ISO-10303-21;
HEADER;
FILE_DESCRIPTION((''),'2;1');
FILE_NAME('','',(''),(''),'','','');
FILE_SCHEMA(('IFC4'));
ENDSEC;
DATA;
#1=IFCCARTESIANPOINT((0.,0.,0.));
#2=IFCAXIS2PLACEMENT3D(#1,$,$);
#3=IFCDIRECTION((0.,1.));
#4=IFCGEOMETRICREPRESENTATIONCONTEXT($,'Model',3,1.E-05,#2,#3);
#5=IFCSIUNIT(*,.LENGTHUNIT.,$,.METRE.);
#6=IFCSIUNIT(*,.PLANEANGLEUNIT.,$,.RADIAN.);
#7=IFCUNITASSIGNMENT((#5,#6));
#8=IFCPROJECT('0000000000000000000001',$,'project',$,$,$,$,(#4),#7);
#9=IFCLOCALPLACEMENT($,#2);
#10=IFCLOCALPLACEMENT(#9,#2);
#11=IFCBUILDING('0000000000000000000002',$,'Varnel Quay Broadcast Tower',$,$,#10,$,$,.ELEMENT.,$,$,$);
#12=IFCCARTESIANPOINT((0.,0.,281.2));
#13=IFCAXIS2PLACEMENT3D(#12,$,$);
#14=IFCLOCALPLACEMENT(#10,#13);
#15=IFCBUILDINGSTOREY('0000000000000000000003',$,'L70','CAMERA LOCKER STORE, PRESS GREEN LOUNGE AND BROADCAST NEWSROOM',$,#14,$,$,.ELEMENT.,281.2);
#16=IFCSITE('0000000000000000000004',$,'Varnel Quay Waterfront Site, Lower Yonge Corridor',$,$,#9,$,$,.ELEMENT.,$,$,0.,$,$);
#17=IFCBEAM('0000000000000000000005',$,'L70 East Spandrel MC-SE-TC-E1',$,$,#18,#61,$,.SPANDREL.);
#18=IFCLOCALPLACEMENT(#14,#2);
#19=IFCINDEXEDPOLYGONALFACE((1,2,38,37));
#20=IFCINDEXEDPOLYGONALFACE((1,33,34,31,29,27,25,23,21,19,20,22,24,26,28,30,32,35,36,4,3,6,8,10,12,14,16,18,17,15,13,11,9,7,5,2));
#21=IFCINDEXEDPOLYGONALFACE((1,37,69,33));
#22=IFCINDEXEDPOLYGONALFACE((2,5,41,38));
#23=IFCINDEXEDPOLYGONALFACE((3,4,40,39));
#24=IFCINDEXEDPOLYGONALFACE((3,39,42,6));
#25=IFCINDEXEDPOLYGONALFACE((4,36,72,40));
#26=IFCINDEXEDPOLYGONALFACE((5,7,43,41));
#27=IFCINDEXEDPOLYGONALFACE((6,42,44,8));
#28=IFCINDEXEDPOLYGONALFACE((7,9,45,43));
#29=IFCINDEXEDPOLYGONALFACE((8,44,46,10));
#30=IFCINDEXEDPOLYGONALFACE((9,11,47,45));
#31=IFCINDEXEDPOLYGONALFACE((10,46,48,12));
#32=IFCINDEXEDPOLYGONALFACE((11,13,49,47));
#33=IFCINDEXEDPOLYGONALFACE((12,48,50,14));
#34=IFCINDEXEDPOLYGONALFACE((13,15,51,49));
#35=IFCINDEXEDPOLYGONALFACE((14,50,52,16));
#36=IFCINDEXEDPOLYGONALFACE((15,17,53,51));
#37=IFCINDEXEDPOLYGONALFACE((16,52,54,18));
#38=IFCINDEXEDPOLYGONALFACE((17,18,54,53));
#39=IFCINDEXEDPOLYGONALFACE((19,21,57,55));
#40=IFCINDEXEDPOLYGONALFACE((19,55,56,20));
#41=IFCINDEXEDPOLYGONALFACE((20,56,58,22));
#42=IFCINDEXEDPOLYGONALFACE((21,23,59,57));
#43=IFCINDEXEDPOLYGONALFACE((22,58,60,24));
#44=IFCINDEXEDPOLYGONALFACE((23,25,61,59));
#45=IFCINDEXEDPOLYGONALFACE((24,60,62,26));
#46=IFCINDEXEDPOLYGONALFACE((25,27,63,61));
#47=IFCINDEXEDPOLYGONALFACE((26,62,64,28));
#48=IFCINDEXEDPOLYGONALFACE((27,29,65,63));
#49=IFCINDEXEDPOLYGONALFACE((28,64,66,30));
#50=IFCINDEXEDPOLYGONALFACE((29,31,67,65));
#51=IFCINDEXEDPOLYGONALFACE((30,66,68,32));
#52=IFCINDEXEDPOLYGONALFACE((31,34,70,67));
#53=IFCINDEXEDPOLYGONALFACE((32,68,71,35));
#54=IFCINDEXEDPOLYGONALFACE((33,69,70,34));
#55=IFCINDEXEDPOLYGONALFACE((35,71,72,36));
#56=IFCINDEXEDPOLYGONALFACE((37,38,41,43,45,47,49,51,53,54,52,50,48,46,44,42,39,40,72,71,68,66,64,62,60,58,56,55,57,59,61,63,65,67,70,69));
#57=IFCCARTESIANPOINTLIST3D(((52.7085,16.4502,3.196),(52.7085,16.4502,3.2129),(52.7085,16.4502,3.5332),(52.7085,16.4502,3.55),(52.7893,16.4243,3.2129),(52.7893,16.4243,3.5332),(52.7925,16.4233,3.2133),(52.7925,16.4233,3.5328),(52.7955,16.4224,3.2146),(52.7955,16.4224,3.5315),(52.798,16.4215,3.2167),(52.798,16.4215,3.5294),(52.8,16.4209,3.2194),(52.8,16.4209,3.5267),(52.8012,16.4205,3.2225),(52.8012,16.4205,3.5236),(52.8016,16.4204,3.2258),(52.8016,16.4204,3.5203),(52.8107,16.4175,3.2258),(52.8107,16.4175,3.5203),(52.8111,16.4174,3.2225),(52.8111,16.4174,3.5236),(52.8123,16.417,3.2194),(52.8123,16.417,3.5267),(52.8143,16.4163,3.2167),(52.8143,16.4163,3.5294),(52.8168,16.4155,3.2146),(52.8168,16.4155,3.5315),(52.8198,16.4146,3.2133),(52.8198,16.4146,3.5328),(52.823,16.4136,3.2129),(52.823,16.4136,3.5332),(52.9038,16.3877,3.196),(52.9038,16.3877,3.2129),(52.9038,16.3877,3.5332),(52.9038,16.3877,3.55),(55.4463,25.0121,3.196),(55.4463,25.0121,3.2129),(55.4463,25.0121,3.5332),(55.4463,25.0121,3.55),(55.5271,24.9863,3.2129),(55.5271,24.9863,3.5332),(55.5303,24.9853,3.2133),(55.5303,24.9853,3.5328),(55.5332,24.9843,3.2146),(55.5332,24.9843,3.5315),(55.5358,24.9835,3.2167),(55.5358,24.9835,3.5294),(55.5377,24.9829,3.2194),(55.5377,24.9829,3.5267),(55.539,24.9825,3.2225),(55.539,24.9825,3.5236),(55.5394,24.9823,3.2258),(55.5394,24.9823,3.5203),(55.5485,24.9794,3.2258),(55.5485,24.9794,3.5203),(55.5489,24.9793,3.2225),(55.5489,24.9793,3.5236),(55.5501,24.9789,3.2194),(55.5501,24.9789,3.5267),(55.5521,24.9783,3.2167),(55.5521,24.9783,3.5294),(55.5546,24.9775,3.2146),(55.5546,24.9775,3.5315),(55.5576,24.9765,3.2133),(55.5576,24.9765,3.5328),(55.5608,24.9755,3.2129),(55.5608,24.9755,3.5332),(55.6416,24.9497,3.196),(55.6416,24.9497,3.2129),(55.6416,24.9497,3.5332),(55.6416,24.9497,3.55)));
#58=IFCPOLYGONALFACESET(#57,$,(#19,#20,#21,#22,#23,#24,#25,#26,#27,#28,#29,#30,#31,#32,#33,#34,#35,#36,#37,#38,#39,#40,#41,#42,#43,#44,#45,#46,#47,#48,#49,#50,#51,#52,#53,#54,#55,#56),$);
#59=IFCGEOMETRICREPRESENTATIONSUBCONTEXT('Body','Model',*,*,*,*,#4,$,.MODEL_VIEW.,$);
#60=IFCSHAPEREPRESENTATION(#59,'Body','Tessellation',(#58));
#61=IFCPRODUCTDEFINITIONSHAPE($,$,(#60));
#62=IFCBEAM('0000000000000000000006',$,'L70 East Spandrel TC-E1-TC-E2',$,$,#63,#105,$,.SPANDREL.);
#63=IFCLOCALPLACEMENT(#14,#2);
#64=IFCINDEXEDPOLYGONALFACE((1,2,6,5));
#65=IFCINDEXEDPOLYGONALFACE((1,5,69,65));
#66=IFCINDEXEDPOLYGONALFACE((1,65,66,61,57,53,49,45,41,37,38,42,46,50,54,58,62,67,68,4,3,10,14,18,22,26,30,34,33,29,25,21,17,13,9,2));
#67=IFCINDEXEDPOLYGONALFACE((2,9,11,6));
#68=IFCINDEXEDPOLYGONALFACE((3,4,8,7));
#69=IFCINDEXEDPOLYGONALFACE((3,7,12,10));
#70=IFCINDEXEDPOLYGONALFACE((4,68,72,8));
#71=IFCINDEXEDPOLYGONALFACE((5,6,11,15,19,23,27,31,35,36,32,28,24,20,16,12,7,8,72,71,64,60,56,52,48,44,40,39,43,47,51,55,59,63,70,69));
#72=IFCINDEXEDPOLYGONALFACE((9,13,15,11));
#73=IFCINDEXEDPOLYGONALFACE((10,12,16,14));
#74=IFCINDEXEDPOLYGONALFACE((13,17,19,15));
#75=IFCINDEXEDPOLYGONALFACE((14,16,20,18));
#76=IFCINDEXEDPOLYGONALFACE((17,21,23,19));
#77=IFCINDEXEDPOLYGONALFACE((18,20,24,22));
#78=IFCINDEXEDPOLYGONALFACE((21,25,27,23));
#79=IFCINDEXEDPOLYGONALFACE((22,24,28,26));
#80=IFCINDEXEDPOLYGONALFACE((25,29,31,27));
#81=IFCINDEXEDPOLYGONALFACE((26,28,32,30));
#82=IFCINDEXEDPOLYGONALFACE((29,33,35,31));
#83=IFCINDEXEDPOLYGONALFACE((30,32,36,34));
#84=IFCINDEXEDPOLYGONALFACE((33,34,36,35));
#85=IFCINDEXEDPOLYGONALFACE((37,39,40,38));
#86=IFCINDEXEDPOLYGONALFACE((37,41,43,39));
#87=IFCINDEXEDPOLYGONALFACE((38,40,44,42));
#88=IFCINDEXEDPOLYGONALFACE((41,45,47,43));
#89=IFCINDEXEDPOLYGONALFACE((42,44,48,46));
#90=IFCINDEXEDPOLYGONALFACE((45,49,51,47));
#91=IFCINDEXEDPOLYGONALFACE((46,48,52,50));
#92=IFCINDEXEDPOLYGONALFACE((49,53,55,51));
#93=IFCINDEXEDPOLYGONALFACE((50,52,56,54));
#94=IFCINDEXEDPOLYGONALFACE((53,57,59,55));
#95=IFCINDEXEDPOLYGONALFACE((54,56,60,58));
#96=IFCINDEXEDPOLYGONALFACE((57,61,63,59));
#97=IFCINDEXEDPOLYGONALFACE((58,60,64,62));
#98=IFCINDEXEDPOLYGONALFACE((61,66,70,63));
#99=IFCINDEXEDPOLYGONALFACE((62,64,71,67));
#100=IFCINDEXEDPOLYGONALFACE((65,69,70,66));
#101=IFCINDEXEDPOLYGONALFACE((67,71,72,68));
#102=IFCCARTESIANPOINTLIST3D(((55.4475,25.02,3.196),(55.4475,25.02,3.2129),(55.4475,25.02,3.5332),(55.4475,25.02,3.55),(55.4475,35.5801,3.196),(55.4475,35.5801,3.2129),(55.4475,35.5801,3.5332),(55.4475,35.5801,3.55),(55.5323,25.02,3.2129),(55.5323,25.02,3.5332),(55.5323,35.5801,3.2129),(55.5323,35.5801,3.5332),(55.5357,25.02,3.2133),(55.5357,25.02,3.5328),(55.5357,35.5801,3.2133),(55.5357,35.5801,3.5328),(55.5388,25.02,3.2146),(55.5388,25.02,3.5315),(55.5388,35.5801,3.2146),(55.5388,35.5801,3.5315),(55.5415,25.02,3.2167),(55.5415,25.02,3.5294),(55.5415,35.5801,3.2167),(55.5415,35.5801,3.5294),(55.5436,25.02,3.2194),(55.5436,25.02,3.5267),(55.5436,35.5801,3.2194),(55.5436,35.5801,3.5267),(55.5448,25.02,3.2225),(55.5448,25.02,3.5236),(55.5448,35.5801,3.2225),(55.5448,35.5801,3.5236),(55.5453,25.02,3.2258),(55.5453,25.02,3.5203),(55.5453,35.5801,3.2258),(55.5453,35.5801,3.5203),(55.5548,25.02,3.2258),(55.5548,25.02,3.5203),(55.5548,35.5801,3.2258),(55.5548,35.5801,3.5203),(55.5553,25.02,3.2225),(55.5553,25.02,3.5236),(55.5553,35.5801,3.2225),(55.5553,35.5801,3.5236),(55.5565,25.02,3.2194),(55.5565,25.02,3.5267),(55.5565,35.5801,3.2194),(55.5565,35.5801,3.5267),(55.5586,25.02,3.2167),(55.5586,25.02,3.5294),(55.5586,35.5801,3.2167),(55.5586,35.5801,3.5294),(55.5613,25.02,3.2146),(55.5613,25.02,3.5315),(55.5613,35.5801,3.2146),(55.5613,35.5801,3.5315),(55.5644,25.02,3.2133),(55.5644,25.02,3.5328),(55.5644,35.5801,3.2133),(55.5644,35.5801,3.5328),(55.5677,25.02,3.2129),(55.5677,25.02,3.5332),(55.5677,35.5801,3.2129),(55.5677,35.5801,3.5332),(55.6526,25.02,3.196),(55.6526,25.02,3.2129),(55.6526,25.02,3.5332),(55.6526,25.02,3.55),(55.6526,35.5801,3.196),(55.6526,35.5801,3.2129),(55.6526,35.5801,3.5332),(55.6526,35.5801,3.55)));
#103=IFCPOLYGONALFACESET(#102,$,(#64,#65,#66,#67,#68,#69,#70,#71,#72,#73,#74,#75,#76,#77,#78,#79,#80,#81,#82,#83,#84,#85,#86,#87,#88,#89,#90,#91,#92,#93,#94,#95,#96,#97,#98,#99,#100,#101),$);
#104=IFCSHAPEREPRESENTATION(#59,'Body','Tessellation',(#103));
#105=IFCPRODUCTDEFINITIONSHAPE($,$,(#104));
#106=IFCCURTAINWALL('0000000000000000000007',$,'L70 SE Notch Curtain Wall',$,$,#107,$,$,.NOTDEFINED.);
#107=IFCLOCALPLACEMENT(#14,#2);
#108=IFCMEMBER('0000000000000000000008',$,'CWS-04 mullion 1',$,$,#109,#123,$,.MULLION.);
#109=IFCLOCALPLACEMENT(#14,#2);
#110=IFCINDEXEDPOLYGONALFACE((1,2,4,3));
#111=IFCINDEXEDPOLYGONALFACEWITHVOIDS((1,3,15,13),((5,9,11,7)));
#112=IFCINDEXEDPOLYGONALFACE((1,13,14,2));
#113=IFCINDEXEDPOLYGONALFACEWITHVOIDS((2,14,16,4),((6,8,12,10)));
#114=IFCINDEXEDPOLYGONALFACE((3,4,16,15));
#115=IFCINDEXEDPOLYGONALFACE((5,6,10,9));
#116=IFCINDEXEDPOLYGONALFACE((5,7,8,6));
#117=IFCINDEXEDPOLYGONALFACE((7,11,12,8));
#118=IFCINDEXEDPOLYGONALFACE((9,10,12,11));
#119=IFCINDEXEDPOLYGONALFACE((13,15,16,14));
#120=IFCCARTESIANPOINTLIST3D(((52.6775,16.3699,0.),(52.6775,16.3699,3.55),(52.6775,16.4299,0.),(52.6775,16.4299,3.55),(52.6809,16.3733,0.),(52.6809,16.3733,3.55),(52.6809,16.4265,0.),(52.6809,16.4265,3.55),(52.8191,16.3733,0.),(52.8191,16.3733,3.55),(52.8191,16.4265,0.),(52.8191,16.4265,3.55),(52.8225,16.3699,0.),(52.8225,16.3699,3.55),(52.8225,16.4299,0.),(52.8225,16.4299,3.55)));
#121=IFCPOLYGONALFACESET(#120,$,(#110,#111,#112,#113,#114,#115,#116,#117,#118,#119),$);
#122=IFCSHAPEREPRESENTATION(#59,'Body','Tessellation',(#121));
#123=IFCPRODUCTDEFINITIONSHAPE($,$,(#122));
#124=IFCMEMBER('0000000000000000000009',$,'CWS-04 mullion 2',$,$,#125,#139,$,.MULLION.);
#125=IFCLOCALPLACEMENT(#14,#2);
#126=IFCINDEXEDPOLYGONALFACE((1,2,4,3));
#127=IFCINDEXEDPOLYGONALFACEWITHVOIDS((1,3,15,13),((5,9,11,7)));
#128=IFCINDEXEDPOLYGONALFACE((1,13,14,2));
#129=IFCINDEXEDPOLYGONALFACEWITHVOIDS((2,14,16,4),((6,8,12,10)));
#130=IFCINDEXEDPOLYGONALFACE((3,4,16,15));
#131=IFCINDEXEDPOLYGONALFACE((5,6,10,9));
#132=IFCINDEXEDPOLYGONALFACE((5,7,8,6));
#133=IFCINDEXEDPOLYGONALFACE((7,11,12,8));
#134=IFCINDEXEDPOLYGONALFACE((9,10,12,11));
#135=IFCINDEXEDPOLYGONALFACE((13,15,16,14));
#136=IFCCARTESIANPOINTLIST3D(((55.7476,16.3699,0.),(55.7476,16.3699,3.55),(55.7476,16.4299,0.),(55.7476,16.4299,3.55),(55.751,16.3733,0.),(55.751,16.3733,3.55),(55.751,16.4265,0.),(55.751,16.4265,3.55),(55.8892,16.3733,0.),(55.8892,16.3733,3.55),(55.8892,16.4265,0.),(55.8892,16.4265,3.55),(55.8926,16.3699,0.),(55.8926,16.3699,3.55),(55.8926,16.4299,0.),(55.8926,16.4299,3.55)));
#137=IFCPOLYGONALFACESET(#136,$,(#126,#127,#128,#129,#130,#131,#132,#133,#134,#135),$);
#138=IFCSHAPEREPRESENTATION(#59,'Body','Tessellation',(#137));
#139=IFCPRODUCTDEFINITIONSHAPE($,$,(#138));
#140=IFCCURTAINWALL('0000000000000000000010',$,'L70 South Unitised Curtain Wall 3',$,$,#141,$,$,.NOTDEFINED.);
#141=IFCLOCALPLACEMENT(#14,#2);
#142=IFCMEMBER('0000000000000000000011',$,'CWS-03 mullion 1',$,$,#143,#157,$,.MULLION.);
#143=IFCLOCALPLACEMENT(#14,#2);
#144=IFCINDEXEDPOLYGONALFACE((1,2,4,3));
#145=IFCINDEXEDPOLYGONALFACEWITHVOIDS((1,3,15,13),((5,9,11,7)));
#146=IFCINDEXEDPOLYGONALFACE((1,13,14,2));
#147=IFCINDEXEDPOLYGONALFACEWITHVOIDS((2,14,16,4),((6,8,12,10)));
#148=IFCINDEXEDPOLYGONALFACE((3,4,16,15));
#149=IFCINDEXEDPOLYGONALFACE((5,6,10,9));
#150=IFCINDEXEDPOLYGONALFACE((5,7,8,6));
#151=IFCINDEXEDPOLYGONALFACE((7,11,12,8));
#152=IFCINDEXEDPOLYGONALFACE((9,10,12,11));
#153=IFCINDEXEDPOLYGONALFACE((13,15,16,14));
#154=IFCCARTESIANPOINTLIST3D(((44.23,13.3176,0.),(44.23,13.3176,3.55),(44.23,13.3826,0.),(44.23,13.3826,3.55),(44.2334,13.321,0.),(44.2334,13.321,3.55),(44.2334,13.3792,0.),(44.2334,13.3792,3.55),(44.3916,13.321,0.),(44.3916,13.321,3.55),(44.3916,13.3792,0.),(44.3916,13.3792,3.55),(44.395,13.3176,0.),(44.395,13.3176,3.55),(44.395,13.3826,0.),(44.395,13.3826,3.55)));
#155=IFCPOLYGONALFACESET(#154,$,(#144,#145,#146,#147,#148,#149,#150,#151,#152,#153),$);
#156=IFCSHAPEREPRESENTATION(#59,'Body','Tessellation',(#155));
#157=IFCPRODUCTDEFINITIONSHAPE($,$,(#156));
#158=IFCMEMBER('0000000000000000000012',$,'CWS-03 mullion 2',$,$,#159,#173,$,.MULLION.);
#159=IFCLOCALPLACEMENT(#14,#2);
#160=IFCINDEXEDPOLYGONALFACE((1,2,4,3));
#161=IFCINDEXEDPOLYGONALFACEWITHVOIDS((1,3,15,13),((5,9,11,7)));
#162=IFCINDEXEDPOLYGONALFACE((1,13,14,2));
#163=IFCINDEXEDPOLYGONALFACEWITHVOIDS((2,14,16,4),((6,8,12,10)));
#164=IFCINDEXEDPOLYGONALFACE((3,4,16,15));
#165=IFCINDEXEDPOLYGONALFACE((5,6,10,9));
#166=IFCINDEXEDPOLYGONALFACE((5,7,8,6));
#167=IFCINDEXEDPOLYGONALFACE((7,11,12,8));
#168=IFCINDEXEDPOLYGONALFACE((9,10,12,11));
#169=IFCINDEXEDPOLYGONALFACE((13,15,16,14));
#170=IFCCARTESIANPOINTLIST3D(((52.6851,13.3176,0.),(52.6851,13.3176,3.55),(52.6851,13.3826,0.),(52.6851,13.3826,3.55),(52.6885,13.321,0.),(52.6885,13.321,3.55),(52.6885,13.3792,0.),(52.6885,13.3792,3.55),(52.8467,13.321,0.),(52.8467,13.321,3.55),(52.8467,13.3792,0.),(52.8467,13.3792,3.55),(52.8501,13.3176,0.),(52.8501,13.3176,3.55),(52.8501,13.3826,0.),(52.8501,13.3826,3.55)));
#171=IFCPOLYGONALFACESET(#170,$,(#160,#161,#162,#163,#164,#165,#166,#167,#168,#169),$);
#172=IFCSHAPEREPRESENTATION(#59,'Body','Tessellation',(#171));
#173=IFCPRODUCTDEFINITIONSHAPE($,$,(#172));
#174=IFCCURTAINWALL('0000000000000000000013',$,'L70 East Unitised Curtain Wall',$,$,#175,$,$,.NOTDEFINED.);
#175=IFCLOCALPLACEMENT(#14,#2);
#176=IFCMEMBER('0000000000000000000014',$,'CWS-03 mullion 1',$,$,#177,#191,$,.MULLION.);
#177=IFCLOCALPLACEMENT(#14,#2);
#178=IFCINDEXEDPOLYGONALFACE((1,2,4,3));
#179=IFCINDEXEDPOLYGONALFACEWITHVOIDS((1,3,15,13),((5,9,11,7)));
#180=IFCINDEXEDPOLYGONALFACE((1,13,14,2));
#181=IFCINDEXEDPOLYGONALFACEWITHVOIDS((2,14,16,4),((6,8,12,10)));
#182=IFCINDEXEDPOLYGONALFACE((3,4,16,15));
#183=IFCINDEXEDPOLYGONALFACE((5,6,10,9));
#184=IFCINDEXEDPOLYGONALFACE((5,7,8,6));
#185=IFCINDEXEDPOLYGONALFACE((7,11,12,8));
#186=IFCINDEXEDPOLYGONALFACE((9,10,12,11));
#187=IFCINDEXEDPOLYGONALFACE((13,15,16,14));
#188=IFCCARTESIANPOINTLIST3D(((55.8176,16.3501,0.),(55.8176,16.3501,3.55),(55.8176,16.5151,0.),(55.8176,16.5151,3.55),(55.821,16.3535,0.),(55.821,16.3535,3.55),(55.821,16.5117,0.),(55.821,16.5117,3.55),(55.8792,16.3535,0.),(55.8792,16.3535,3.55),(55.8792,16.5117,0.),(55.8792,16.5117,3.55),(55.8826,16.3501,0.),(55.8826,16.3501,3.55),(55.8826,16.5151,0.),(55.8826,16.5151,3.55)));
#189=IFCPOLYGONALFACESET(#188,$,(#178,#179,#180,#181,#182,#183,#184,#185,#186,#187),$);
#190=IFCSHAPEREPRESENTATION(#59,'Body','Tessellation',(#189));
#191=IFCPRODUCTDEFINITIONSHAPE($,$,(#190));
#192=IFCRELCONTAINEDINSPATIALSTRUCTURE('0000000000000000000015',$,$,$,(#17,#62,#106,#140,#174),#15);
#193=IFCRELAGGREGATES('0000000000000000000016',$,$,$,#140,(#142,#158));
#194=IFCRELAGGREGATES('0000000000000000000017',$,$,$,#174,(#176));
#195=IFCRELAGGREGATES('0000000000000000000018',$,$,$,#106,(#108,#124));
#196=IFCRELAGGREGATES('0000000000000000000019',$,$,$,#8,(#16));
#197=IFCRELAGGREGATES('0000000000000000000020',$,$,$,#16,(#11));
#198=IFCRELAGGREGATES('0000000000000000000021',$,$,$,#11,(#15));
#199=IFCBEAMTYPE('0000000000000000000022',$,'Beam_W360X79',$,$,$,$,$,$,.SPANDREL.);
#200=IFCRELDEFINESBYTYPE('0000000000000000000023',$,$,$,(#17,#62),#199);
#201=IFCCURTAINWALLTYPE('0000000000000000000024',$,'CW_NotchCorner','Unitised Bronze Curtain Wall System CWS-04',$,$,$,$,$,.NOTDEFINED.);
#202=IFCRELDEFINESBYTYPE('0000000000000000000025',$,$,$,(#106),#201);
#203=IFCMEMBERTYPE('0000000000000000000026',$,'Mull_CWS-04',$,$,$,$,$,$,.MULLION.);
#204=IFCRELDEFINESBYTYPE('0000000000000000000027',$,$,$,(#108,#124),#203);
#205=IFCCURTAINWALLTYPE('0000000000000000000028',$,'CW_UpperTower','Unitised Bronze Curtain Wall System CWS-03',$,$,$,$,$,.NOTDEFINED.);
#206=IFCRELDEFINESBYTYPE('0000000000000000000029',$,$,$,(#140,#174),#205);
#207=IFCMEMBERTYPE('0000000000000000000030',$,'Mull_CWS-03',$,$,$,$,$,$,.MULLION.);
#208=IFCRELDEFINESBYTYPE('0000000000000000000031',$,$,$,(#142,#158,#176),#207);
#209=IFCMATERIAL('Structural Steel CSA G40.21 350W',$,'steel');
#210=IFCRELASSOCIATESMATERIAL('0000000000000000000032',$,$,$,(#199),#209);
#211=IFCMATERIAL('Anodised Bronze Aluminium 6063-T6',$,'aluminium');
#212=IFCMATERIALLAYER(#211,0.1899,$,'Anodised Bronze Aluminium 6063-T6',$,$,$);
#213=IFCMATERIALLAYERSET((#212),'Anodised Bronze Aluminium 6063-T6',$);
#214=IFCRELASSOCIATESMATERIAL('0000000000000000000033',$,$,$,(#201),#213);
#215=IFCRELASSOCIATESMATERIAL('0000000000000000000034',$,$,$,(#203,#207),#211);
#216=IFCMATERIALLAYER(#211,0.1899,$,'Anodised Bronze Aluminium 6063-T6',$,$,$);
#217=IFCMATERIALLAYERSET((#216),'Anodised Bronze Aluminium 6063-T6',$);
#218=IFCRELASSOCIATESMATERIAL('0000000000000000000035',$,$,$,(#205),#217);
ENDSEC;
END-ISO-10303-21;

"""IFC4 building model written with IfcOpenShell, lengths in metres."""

from ifc_helpers import new_model, si_unit, direction, frame, origin, origin_2d, place, context, subcontext, project, spatial, hollow_rectangle, i_section, extrude, source, transform, mapped, material, layer, layer_set, material_profile, profile_set, type_object, type_shapes, element, aggregate, save


model = new_model("IFC4")

# Units and contexts
model_context = context("Model", 3, precision=1e-05, world=origin(), true_north=direction((0.0, 1.0)))
body_context = subcontext(model_context, "Body", "Model", "MODEL_VIEW")
ifc_project = project(units=[si_unit("LENGTHUNIT", "METRE"), si_unit("PLANEANGLEUNIT", "RADIAN")], contexts=[model_context])

# Site, building, storey
site_placement = place(None, origin())
site = spatial("IfcSite", under=ifc_project, at=site_placement, Name="Varnel Quay Waterfront Site, Lower Yonge Corridor", CompositionType="ELEMENT", RefElevation=0.0)
building_placement = place(site_placement, origin())
building = spatial("IfcBuilding", under=site, at=building_placement, Name="Varnel Quay Broadcast Tower", CompositionType="ELEMENT")
storey_placement = place(building_placement, frame((0.0, 0.0, 281.2)))
storey = spatial("IfcBuildingStorey", under=building, at=storey_placement, Name="L70", Description="CAMERA LOCKER STORE, PRESS GREEN LOUNGE AND BROADCAST NEWSROOM", CompositionType="ELEMENT", Elevation=281.2)

# Shared definitions
ifc_material_1 = material(Name="Structural Steel CSA G40.21 350W", Category="steel")

# Beams
ifc_material_profile_1 = material_profile(ifc_material_1, i_section(OverallWidth=0.2051, OverallDepth=0.354, WebThickness=0.0095, FlangeThickness=0.0168, FilletRadius=0.0129, at=origin_2d()), Name="W360X79")
ifc_profile_set_1 = profile_set([ifc_material_profile_1], Name="Structural Steel CSA G40.21 350W")
beam_type = type_object("IfcBeamType", Name="Beam_W360X79", PredefinedType="SPANDREL", material=ifc_profile_set_1)
shared_shape_1 = source(origin(), body_context, "Body", "SweptSolid", [
    extrude(i_section(OverallWidth=0.2051, OverallDepth=0.354, WebThickness=0.0095, FlangeThickness=0.0168, FilletRadius=0.0129, at=origin_2d()), origin(), (0.0, 0.0, 1.0), 8.989),
])
beam_1_placement = place(storey_placement, frame((52.8062, 16.4189, 3.373), z_axis=(0.304569, 0.95249, 0.0), x_axis=(-0.95249, 0.304569, 0.0)))
element("IfcBeam", 1, at=beam_1_placement, inside=storey, type_object=beam_type, Name="L70 East Spandrel MC-SE-TC-E1", PredefinedType="SPANDREL", context=body_context, shape_type="MappedRepresentation", body=[
    mapped(shared_shape_1, transform((0.0, 0.0, 0.0), x_axis=(1.0, 0.0, 0.0), y_axis=(0.0, 1.0, 0.0), z_axis=(0.0, 0.0, 1.0), scale=1.0)),
])
shared_shape_2 = source(origin(), body_context, "Body", "SweptSolid", [
    extrude(i_section(OverallWidth=0.2051, OverallDepth=0.354, WebThickness=0.0095, FlangeThickness=0.0168, FilletRadius=0.0129, at=origin_2d()), origin(), (0.0, 0.0, 1.0), 10.5601),
])
beam_2_placement = place(storey_placement, frame((55.55, 25.02, 3.373), z_axis=(0.0, 1.0, 0.0), x_axis=(-1.0, 0.0, 0.0)))
element("IfcBeam", 2, at=beam_2_placement, inside=storey, type_object=beam_type, Name="L70 East Spandrel TC-E1-TC-E2", PredefinedType="SPANDREL", context=body_context, shape_type="MappedRepresentation", body=[
    mapped(shared_shape_2, transform((0.0, 0.0, 0.0), x_axis=(1.0, 0.0, 0.0), y_axis=(0.0, 1.0, 0.0), z_axis=(0.0, 0.0, 1.0), scale=1.0)),
])

# Curtain walls, members
ifc_material_2 = material(Name="Anodised Bronze Aluminium 6063-T6", Category="aluminium")
ifc_layer_1 = layer(ifc_material_2, 0.1899, Name="Anodised Bronze Aluminium 6063-T6")
ifc_layer_set_1 = layer_set([ifc_layer_1], Name="Anodised Bronze Aluminium 6063-T6")
curtain_wall_type_1 = type_object("IfcCurtainWallType", Name="CW_NotchCorner", Description="Unitised Bronze Curtain Wall System CWS-04", PredefinedType="NOTDEFINED", material=ifc_layer_set_1)
curtain_wall_1_placement = place(storey_placement, origin())
curtain_wall_1 = element("IfcCurtainWall", 3, at=curtain_wall_1_placement, inside=storey, type_object=curtain_wall_type_1, Name="L70 SE Notch Curtain Wall", PredefinedType="NOTDEFINED")
ifc_material_profile_2 = material_profile(ifc_material_2, hollow_rectangle(XDim=0.0601, YDim=0.145, WallThickness=0.0034, at=origin_2d()), Name="ALU60X145X3.5")
ifc_profile_set_2 = profile_set([ifc_material_profile_2], Name="Anodised Bronze Aluminium 6063-T6")
member_type_1 = type_object("IfcMemberType", Name="Mull_CWS-04", PredefinedType="MULLION", material=ifc_profile_set_2)
shared_shape_3 = source(origin(), body_context, "Body", "SweptSolid", [
    extrude(hollow_rectangle(XDim=0.0601, YDim=0.145, WallThickness=0.0034, at=origin_2d()), origin(), (0.0, 0.0, 1.0), 3.55),
])
type_shapes(member_type_1, [shared_shape_3])
member_1_placement = place(storey_placement, frame((52.75, 16.3999, 0.0), z_axis=(0.0, 0.0, 1.0), x_axis=(0.0, 1.0, 0.0)))
member_1 = element("IfcMember", 4, at=member_1_placement, type_object=member_type_1, Name="CWS-04 mullion 1", PredefinedType="MULLION", context=body_context, shape_type="MappedRepresentation", body=[
    mapped(shared_shape_3, transform((0.0, 0.0, 0.0), x_axis=(1.0, 0.0, 0.0), y_axis=(0.0, 1.0, 0.0), z_axis=(0.0, 0.0, 1.0), scale=1.0)),
])
member_2_placement = place(storey_placement, frame((55.8201, 16.3999, 0.0), z_axis=(0.0, 0.0, 1.0), x_axis=(0.0, 1.0, 0.0)))
member_2 = element("IfcMember", 5, at=member_2_placement, type_object=member_type_1, Name="CWS-04 mullion 2", PredefinedType="MULLION", context=body_context, shape_type="MappedRepresentation", body=[
    mapped(shared_shape_3, transform((0.0, 0.0, 0.0), x_axis=(1.0, 0.0, 0.0), y_axis=(0.0, 1.0, 0.0), z_axis=(0.0, 0.0, 1.0), scale=1.0)),
])
ifc_layer_2 = layer(ifc_material_2, 0.1899, Name="Anodised Bronze Aluminium 6063-T6")
ifc_layer_set_2 = layer_set([ifc_layer_2], Name="Anodised Bronze Aluminium 6063-T6")
curtain_wall_type_2 = type_object("IfcCurtainWallType", Name="CW_UpperTower", Description="Unitised Bronze Curtain Wall System CWS-03", PredefinedType="NOTDEFINED", material=ifc_layer_set_2)
curtain_wall_2_placement = place(storey_placement, origin())
curtain_wall_2 = element("IfcCurtainWall", 6, at=curtain_wall_2_placement, inside=storey, type_object=curtain_wall_type_2, Name="L70 South Unitised Curtain Wall 3", PredefinedType="NOTDEFINED")
ifc_material_profile_3 = material_profile(ifc_material_2, hollow_rectangle(XDim=0.0649, YDim=0.165, WallThickness=0.0034, at=origin_2d()), Name="ALU65X165X3.5")
ifc_profile_set_3 = profile_set([ifc_material_profile_3], Name="Anodised Bronze Aluminium 6063-T6")
member_type_2 = type_object("IfcMemberType", Name="Mull_CWS-03", PredefinedType="MULLION", material=ifc_profile_set_3)
shared_shape_4 = source(origin(), body_context, "Body", "SweptSolid", [
    extrude(hollow_rectangle(XDim=0.0649, YDim=0.165, WallThickness=0.0034, at=origin_2d()), origin(), (0.0, 0.0, 1.0), 3.55),
])
type_shapes(member_type_2, [shared_shape_4])
member_3_placement = place(storey_placement, frame((44.3125, 13.3501, 0.0), z_axis=(0.0, 0.0, 1.0), x_axis=(0.0, 1.0, 0.0)))
member_3 = element("IfcMember", 7, at=member_3_placement, type_object=member_type_2, Name="CWS-03 mullion 1", PredefinedType="MULLION", context=body_context, shape_type="MappedRepresentation", body=[
    mapped(shared_shape_4, transform((0.0, 0.0, 0.0), x_axis=(1.0, 0.0, 0.0), y_axis=(0.0, 1.0, 0.0), z_axis=(0.0, 0.0, 1.0), scale=1.0)),
])
member_4_placement = place(storey_placement, frame((52.7676, 13.3501, 0.0), z_axis=(0.0, 0.0, 1.0), x_axis=(0.0, 1.0, 0.0)))
member_4 = element("IfcMember", 8, at=member_4_placement, type_object=member_type_2, Name="CWS-03 mullion 2", PredefinedType="MULLION", context=body_context, shape_type="MappedRepresentation", body=[
    mapped(shared_shape_4, transform((0.0, 0.0, 0.0), x_axis=(1.0, 0.0, 0.0), y_axis=(0.0, 1.0, 0.0), z_axis=(0.0, 0.0, 1.0), scale=1.0)),
])

# Curtain wall, member
curtain_wall_3_placement = place(storey_placement, origin())
curtain_wall_3 = element("IfcCurtainWall", 9, at=curtain_wall_3_placement, inside=storey, type_object=curtain_wall_type_2, Name="L70 East Unitised Curtain Wall", PredefinedType="NOTDEFINED")
member_5_placement = place(storey_placement, frame((55.8501, 16.4326, 0.0), z_axis=(0.0, 0.0, 1.0), x_axis=(-1.0, 0.0, 0.0)))
member_5 = element("IfcMember", 10, at=member_5_placement, type_object=member_type_2, Name="CWS-03 mullion 1", PredefinedType="MULLION", context=body_context, shape_type="MappedRepresentation", body=[
    mapped(shared_shape_4, transform((0.0, 0.0, 0.0), x_axis=(1.0, 0.0, 0.0), y_axis=(0.0, 1.0, 0.0), z_axis=(0.0, 0.0, 1.0), scale=1.0)),
])

aggregate(curtain_wall_2, [member_3, member_4])
aggregate(curtain_wall_3, [member_5])
aggregate(curtain_wall_1, [member_1, member_2])

save(model, "model.ifc")
